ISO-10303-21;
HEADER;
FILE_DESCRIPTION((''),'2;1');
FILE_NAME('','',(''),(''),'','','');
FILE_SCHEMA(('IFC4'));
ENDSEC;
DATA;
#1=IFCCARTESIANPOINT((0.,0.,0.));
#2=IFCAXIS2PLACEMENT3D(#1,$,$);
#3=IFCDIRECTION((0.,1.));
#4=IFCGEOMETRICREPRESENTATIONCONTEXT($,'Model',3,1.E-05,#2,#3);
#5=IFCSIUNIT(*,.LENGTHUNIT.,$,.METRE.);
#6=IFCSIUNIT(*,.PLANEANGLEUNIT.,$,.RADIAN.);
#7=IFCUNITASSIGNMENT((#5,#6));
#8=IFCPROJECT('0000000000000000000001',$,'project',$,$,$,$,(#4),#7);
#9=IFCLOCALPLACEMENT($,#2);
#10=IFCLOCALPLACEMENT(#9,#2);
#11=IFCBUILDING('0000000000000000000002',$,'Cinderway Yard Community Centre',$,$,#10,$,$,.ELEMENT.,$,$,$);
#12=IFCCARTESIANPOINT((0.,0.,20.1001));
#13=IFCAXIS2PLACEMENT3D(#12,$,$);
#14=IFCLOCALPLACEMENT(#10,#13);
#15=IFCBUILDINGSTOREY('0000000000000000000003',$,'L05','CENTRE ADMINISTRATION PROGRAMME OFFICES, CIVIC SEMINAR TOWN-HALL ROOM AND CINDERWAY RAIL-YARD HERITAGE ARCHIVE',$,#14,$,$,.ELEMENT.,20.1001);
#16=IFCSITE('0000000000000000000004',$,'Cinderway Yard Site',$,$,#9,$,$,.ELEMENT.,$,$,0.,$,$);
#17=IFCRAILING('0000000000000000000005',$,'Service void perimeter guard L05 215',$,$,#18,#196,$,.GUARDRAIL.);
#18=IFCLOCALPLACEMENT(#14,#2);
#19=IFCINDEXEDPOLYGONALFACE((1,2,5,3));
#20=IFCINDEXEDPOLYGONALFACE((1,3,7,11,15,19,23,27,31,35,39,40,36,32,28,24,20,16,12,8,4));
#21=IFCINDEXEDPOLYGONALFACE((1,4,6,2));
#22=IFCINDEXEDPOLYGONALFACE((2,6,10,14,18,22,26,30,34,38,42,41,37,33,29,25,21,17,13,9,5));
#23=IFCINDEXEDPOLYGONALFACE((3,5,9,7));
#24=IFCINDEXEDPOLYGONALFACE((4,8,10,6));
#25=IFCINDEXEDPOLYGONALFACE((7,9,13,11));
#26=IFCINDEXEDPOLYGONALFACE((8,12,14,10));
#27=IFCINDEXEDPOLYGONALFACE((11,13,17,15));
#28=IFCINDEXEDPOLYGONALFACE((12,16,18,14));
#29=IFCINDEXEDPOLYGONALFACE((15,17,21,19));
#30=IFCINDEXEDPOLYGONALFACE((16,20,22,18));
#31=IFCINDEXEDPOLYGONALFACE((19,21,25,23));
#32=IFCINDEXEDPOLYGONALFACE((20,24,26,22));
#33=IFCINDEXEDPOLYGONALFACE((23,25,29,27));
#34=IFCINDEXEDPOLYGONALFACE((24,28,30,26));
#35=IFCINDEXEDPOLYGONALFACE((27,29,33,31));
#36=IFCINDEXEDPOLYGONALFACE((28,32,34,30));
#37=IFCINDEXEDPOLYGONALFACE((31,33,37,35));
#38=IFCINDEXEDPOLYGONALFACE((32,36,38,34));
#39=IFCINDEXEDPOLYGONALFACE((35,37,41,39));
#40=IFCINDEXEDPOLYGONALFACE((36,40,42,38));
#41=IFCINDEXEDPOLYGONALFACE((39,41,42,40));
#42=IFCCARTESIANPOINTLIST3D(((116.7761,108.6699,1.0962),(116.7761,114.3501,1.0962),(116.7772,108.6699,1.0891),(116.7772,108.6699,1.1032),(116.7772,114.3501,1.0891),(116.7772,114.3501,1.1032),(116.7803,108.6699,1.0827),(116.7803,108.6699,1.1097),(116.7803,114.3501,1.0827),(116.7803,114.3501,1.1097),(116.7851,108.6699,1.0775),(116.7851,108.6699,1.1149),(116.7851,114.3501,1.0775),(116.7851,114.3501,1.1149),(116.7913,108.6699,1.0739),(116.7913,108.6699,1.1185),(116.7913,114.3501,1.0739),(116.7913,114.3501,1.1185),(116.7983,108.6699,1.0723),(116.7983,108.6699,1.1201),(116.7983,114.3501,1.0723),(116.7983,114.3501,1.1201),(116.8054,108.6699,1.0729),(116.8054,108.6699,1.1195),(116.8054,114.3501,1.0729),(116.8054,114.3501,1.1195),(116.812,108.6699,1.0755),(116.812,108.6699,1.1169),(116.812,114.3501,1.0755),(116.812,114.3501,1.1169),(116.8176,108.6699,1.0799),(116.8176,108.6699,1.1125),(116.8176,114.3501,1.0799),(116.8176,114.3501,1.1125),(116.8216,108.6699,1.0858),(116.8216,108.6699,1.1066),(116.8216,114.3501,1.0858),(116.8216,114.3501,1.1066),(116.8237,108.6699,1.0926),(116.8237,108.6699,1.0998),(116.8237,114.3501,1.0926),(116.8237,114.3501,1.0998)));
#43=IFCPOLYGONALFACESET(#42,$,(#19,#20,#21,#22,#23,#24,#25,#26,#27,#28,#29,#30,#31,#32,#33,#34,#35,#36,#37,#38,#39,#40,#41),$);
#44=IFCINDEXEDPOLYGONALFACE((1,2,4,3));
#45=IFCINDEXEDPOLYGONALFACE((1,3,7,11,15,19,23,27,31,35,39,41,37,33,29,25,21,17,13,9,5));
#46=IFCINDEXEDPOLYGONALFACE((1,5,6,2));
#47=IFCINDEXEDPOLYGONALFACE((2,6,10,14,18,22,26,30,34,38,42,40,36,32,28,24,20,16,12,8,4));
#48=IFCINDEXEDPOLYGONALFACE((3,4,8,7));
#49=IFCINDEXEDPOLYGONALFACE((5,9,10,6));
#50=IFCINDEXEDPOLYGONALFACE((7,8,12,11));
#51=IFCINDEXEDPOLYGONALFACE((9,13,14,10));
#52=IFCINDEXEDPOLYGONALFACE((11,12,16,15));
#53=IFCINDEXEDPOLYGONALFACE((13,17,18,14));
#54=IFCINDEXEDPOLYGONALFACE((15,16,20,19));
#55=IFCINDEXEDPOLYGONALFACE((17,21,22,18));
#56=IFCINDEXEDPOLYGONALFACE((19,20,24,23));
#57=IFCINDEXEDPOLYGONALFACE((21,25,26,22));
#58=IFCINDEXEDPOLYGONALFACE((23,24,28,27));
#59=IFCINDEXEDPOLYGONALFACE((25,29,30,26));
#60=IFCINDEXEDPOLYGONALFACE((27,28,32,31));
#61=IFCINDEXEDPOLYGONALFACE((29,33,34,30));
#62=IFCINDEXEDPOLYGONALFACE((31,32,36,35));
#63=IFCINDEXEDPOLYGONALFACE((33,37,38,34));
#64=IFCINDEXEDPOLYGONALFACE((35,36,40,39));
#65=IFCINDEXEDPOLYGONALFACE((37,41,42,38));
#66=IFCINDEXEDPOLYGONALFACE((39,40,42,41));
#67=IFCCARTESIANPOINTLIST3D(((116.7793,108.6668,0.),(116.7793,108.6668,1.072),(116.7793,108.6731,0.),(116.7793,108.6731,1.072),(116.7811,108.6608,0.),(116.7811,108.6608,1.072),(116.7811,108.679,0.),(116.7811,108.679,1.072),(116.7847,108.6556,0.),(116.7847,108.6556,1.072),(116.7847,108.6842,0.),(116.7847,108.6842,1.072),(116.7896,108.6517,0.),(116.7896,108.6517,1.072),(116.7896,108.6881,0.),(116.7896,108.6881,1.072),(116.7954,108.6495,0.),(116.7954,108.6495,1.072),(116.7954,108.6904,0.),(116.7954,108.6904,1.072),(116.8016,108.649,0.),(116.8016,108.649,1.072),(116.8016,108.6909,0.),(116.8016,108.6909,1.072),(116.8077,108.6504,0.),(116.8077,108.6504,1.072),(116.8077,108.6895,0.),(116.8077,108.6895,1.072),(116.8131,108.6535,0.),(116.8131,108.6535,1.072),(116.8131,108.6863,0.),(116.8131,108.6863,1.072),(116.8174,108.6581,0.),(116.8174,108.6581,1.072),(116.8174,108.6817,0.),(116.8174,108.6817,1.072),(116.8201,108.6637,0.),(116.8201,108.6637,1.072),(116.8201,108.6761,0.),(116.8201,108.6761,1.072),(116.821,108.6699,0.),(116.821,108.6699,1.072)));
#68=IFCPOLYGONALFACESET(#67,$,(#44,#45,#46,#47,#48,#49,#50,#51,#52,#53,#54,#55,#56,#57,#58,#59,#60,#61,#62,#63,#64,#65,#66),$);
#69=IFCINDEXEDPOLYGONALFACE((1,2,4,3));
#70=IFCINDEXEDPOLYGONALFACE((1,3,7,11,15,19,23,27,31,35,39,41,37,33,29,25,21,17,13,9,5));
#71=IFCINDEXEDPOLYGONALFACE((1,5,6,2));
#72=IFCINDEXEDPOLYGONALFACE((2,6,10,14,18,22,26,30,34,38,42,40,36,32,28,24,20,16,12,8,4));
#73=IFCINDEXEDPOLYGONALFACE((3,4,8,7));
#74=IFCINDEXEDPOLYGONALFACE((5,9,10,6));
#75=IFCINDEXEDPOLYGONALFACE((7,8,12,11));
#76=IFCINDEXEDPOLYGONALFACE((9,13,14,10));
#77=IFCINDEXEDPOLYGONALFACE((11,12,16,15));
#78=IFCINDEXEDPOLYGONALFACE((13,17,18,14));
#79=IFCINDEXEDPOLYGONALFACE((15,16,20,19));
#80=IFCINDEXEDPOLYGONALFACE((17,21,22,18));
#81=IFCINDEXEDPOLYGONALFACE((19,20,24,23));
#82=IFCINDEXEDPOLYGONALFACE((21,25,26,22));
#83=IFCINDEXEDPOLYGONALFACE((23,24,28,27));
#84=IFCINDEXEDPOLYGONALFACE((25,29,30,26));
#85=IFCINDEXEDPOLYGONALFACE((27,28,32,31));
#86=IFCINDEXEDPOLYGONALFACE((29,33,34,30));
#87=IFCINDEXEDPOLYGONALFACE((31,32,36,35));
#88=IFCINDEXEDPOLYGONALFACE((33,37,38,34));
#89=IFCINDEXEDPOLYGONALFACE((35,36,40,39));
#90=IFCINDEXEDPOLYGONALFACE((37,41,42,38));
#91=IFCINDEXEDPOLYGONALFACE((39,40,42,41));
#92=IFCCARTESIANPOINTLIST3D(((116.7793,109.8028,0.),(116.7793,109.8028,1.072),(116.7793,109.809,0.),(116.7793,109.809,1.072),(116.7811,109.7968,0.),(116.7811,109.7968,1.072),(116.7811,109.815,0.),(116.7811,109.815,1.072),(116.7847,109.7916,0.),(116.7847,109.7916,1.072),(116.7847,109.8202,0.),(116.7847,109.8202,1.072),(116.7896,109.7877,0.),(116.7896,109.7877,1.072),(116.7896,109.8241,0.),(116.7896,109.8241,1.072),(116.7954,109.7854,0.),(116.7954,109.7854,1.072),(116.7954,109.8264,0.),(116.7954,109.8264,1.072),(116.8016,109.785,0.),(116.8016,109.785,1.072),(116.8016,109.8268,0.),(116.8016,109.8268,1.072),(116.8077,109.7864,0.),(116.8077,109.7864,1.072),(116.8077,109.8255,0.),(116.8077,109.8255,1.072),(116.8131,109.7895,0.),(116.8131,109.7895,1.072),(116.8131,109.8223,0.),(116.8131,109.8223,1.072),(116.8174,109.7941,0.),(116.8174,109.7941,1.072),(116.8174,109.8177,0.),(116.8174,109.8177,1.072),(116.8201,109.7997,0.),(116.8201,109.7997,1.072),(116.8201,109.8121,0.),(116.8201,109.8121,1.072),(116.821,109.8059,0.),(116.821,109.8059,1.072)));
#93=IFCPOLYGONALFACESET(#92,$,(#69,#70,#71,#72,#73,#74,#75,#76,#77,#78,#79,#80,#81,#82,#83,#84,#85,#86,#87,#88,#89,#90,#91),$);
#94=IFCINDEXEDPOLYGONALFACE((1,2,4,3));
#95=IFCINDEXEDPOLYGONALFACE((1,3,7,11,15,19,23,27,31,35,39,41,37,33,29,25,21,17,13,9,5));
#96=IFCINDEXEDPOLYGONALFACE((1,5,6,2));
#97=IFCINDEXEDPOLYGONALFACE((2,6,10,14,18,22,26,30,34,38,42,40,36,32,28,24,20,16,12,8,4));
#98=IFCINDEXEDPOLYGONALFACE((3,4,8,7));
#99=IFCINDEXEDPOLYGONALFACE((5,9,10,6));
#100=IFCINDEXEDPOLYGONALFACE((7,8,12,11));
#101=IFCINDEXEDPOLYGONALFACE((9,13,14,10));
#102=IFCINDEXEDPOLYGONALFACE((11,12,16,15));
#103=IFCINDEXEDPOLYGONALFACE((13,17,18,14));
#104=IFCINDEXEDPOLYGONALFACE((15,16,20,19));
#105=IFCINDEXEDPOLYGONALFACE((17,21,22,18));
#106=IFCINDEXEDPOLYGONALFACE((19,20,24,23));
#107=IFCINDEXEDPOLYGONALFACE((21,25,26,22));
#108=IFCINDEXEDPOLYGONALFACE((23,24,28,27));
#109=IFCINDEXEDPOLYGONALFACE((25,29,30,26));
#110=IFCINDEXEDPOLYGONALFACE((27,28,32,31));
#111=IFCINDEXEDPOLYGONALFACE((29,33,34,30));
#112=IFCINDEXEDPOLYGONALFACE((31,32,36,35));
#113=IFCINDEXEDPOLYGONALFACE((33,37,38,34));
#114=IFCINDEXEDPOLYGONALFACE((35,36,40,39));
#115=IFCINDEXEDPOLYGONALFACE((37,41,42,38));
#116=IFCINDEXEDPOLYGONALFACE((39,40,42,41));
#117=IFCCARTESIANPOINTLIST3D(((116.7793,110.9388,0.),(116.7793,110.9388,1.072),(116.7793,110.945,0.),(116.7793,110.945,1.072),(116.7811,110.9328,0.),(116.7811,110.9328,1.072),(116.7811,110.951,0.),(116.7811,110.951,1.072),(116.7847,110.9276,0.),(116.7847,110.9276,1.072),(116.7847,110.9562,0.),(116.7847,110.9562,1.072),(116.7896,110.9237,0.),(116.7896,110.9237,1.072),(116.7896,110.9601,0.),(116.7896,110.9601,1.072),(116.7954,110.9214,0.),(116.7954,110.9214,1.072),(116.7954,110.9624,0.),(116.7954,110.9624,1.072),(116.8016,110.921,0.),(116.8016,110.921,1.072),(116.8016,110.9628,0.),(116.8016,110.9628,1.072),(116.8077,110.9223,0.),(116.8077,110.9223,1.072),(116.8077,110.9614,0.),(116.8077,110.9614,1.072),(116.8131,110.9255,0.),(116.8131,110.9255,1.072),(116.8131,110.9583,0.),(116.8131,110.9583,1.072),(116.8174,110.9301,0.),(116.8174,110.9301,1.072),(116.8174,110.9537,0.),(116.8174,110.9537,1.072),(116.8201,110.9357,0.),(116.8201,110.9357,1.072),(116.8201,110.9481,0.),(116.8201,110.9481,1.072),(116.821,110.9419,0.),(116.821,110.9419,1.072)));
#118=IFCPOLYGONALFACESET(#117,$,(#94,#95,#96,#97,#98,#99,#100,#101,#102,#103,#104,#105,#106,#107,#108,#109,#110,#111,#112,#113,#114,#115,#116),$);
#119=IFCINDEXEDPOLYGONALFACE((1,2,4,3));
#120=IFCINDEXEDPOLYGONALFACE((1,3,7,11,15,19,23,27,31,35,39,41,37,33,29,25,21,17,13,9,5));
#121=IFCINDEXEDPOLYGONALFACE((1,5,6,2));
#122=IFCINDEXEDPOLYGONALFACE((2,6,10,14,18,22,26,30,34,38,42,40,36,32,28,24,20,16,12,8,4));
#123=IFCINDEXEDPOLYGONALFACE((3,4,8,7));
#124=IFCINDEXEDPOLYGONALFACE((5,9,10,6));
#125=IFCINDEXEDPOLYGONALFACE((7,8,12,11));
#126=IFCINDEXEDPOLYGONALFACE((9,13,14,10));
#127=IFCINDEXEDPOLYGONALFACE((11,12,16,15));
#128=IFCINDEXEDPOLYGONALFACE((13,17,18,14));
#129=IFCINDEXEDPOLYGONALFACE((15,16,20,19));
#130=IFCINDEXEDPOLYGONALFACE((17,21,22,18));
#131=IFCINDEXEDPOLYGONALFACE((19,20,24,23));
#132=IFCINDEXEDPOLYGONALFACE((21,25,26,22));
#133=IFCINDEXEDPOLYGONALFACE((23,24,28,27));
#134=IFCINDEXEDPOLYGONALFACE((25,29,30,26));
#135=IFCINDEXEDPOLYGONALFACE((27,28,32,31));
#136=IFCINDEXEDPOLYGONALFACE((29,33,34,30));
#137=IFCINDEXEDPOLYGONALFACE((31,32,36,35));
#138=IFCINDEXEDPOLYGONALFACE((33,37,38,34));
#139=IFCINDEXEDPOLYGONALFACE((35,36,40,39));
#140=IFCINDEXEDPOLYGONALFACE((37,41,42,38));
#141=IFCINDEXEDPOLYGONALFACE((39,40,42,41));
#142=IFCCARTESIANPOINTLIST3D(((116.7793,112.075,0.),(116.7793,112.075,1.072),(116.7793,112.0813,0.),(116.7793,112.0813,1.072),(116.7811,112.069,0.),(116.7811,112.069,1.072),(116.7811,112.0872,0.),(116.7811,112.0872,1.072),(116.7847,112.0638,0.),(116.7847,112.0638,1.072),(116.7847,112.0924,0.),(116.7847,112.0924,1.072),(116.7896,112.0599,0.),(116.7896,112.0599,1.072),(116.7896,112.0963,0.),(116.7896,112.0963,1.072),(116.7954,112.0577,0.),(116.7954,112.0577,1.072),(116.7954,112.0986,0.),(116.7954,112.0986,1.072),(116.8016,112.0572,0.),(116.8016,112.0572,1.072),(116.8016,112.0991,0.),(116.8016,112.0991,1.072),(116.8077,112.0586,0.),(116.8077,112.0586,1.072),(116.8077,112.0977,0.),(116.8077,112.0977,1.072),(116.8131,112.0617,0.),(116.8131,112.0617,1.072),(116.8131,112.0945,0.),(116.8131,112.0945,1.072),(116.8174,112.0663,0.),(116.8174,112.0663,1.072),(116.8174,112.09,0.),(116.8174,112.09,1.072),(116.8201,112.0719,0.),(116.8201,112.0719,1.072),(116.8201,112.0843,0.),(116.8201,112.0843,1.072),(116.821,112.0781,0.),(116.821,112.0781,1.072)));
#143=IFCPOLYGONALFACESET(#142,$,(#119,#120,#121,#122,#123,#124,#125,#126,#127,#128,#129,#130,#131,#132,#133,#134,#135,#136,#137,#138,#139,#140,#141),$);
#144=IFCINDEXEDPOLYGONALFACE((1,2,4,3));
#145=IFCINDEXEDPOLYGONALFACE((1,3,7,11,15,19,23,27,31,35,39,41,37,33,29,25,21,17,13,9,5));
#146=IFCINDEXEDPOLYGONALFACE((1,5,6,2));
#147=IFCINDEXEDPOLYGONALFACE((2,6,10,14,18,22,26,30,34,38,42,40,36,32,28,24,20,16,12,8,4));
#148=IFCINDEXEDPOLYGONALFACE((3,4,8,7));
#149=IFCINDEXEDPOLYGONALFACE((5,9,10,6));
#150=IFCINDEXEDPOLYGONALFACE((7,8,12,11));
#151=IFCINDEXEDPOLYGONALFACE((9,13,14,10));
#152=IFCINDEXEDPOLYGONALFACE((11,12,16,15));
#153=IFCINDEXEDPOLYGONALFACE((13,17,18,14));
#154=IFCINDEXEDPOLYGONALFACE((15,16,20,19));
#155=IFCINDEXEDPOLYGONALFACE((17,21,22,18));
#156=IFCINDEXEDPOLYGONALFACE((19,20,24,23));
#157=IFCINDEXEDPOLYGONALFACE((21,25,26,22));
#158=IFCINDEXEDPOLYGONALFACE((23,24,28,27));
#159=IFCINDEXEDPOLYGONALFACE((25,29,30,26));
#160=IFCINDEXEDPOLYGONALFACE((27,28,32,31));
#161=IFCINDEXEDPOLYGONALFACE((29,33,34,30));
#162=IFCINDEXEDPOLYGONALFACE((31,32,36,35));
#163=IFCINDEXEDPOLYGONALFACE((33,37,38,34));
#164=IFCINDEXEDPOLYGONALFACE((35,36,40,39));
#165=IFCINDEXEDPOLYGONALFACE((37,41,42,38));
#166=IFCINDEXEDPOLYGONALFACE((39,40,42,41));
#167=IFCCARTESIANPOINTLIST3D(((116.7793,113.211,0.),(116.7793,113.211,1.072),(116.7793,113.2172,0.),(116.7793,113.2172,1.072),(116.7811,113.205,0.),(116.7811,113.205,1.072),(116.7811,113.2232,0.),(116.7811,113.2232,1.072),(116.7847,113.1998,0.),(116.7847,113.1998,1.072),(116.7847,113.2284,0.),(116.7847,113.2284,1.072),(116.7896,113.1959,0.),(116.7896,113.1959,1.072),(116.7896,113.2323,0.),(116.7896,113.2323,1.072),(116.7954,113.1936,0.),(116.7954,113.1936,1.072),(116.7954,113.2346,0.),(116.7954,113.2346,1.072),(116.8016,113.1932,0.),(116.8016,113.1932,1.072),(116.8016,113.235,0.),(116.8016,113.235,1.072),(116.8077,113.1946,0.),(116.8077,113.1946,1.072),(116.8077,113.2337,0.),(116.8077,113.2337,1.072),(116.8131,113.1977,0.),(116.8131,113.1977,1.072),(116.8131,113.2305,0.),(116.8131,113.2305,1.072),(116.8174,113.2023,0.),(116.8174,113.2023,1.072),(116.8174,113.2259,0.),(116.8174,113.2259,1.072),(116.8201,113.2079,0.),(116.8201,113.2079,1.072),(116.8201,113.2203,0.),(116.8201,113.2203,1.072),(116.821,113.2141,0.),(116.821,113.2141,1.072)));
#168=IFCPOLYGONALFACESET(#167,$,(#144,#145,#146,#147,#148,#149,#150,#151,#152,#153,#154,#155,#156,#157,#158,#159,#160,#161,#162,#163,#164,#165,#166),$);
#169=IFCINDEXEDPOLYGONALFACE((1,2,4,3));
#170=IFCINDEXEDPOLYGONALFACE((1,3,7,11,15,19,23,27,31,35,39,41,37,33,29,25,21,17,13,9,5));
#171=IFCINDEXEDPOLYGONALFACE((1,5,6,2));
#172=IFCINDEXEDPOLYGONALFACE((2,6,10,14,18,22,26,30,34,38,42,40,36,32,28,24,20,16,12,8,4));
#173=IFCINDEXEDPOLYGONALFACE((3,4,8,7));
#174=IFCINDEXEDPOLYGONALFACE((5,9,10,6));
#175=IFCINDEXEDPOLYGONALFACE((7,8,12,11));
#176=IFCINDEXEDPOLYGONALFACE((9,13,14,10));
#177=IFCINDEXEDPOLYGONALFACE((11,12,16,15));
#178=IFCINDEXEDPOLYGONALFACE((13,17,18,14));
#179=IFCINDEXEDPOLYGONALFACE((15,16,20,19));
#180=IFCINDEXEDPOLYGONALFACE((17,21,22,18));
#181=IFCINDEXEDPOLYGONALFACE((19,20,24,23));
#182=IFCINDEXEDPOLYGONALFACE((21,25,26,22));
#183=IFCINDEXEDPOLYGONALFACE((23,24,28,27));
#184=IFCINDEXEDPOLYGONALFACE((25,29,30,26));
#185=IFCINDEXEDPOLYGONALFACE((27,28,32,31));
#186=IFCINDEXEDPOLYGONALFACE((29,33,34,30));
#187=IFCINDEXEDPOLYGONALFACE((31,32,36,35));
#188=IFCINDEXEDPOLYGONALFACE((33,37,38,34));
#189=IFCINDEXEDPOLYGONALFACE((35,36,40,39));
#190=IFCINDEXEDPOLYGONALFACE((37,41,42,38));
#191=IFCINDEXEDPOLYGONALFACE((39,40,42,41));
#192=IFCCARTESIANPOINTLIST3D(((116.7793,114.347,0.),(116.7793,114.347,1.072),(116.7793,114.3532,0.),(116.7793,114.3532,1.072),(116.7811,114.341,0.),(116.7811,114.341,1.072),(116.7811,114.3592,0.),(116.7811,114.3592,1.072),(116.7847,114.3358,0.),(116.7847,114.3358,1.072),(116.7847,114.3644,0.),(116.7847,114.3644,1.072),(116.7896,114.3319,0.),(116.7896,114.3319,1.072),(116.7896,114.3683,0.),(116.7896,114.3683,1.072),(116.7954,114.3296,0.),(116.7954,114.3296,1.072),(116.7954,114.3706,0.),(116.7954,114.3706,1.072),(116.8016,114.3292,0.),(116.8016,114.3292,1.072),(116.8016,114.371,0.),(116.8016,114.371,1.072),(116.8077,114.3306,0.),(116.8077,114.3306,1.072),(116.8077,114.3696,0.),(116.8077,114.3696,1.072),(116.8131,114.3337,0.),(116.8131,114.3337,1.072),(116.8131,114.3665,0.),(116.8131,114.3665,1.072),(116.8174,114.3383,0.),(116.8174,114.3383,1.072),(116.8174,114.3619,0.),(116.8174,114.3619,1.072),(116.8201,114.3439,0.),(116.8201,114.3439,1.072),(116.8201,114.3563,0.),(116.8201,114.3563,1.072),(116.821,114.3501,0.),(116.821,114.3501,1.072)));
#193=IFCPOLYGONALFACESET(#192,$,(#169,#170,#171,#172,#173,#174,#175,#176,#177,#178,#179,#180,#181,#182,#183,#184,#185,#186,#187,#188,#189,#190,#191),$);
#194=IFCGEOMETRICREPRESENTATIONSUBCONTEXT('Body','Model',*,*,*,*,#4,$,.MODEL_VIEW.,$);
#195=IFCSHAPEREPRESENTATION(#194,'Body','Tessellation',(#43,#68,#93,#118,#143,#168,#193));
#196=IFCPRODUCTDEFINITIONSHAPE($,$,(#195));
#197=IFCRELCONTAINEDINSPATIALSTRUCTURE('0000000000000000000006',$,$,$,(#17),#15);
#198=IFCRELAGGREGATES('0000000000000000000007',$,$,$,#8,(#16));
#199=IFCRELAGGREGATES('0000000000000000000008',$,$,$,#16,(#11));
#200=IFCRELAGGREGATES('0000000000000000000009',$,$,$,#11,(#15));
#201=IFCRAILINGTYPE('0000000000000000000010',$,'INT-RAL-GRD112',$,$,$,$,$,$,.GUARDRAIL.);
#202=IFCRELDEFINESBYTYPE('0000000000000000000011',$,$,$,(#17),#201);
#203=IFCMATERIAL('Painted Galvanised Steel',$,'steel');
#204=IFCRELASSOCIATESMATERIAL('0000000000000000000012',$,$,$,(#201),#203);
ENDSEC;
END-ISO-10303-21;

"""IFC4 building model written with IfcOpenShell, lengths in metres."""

from ifc_helpers import new_model, si_unit, direction, frame, origin, origin_2d, place, context, subcontext, project, spatial, circle, extrude, material, type_object, element, save


model = new_model("IFC4")

# Units and contexts
model_context = context("Model", 3, precision=1e-05, world=origin(), true_north=direction((0.0, 1.0)))
body_context = subcontext(model_context, "Body", "Model", "MODEL_VIEW")
ifc_project = project(units=[si_unit("LENGTHUNIT", "METRE"), si_unit("PLANEANGLEUNIT", "RADIAN")], contexts=[model_context])

# Site, building, storey
site_placement = place(None, origin())
site = spatial("IfcSite", under=ifc_project, at=site_placement, Name="Cinderway Yard Site", CompositionType="ELEMENT", RefElevation=0.0)
building_placement = place(site_placement, origin())
building = spatial("IfcBuilding", under=site, at=building_placement, Name="Cinderway Yard Community Centre", CompositionType="ELEMENT")
storey_placement = place(building_placement, frame((0.0, 0.0, 20.1001)))
storey = spatial("IfcBuildingStorey", under=building, at=storey_placement, Name="L05", Description="CENTRE ADMINISTRATION PROGRAMME OFFICES, CIVIC SEMINAR TOWN-HALL ROOM AND CINDERWAY RAIL-YARD HERITAGE ARCHIVE", CompositionType="ELEMENT", Elevation=20.1001)

# Shared definitions
ifc_material_1 = material(Name="Painted Galvanised Steel", Category="steel")

# Railing
railing_type = type_object("IfcRailingType", Name="INT-RAL-GRD112", PredefinedType="GUARDRAIL", material=ifc_material_1)
railing_1_placement = place(storey_placement, frame((116.8, 108.6699, 0.0)))
element("IfcRailing", 1, at=railing_1_placement, inside=storey, type_object=railing_type, Name="Service void perimeter guard L05 215", PredefinedType="GUARDRAIL", context=body_context, shape_type="SweptSolid", body=[
    extrude(circle(Radius=0.0239, at=origin_2d()), frame((0.0, 0.0, 1.0962), z_axis=(0.0, 1.0, 0.0), x_axis=(-1.0, 0.0, 0.0)), (0.0, 0.0, 1.0), 5.6802),
    extrude(circle(Radius=0.021, at=origin_2d()), origin(), (0.0, 0.0, 1.0), 1.072),
    extrude(circle(Radius=0.021, at=origin_2d()), frame((0.0, 1.136, 0.0)), (0.0, 0.0, 1.0), 1.072),
    extrude(circle(Radius=0.021, at=origin_2d()), frame((0.0, 2.272, 0.0)), (0.0, 0.0, 1.0), 1.072),
    extrude(circle(Radius=0.021, at=origin_2d()), frame((0.0, 3.4082, 0.0)), (0.0, 0.0, 1.0), 1.072),
    extrude(circle(Radius=0.021, at=origin_2d()), frame((0.0, 4.5442, 0.0)), (0.0, 0.0, 1.0), 1.072),
    extrude(circle(Radius=0.021, at=origin_2d()), frame((0.0, 5.6802, 0.0)), (0.0, 0.0, 1.0), 1.072),
])

save(model, "model.ifc")
